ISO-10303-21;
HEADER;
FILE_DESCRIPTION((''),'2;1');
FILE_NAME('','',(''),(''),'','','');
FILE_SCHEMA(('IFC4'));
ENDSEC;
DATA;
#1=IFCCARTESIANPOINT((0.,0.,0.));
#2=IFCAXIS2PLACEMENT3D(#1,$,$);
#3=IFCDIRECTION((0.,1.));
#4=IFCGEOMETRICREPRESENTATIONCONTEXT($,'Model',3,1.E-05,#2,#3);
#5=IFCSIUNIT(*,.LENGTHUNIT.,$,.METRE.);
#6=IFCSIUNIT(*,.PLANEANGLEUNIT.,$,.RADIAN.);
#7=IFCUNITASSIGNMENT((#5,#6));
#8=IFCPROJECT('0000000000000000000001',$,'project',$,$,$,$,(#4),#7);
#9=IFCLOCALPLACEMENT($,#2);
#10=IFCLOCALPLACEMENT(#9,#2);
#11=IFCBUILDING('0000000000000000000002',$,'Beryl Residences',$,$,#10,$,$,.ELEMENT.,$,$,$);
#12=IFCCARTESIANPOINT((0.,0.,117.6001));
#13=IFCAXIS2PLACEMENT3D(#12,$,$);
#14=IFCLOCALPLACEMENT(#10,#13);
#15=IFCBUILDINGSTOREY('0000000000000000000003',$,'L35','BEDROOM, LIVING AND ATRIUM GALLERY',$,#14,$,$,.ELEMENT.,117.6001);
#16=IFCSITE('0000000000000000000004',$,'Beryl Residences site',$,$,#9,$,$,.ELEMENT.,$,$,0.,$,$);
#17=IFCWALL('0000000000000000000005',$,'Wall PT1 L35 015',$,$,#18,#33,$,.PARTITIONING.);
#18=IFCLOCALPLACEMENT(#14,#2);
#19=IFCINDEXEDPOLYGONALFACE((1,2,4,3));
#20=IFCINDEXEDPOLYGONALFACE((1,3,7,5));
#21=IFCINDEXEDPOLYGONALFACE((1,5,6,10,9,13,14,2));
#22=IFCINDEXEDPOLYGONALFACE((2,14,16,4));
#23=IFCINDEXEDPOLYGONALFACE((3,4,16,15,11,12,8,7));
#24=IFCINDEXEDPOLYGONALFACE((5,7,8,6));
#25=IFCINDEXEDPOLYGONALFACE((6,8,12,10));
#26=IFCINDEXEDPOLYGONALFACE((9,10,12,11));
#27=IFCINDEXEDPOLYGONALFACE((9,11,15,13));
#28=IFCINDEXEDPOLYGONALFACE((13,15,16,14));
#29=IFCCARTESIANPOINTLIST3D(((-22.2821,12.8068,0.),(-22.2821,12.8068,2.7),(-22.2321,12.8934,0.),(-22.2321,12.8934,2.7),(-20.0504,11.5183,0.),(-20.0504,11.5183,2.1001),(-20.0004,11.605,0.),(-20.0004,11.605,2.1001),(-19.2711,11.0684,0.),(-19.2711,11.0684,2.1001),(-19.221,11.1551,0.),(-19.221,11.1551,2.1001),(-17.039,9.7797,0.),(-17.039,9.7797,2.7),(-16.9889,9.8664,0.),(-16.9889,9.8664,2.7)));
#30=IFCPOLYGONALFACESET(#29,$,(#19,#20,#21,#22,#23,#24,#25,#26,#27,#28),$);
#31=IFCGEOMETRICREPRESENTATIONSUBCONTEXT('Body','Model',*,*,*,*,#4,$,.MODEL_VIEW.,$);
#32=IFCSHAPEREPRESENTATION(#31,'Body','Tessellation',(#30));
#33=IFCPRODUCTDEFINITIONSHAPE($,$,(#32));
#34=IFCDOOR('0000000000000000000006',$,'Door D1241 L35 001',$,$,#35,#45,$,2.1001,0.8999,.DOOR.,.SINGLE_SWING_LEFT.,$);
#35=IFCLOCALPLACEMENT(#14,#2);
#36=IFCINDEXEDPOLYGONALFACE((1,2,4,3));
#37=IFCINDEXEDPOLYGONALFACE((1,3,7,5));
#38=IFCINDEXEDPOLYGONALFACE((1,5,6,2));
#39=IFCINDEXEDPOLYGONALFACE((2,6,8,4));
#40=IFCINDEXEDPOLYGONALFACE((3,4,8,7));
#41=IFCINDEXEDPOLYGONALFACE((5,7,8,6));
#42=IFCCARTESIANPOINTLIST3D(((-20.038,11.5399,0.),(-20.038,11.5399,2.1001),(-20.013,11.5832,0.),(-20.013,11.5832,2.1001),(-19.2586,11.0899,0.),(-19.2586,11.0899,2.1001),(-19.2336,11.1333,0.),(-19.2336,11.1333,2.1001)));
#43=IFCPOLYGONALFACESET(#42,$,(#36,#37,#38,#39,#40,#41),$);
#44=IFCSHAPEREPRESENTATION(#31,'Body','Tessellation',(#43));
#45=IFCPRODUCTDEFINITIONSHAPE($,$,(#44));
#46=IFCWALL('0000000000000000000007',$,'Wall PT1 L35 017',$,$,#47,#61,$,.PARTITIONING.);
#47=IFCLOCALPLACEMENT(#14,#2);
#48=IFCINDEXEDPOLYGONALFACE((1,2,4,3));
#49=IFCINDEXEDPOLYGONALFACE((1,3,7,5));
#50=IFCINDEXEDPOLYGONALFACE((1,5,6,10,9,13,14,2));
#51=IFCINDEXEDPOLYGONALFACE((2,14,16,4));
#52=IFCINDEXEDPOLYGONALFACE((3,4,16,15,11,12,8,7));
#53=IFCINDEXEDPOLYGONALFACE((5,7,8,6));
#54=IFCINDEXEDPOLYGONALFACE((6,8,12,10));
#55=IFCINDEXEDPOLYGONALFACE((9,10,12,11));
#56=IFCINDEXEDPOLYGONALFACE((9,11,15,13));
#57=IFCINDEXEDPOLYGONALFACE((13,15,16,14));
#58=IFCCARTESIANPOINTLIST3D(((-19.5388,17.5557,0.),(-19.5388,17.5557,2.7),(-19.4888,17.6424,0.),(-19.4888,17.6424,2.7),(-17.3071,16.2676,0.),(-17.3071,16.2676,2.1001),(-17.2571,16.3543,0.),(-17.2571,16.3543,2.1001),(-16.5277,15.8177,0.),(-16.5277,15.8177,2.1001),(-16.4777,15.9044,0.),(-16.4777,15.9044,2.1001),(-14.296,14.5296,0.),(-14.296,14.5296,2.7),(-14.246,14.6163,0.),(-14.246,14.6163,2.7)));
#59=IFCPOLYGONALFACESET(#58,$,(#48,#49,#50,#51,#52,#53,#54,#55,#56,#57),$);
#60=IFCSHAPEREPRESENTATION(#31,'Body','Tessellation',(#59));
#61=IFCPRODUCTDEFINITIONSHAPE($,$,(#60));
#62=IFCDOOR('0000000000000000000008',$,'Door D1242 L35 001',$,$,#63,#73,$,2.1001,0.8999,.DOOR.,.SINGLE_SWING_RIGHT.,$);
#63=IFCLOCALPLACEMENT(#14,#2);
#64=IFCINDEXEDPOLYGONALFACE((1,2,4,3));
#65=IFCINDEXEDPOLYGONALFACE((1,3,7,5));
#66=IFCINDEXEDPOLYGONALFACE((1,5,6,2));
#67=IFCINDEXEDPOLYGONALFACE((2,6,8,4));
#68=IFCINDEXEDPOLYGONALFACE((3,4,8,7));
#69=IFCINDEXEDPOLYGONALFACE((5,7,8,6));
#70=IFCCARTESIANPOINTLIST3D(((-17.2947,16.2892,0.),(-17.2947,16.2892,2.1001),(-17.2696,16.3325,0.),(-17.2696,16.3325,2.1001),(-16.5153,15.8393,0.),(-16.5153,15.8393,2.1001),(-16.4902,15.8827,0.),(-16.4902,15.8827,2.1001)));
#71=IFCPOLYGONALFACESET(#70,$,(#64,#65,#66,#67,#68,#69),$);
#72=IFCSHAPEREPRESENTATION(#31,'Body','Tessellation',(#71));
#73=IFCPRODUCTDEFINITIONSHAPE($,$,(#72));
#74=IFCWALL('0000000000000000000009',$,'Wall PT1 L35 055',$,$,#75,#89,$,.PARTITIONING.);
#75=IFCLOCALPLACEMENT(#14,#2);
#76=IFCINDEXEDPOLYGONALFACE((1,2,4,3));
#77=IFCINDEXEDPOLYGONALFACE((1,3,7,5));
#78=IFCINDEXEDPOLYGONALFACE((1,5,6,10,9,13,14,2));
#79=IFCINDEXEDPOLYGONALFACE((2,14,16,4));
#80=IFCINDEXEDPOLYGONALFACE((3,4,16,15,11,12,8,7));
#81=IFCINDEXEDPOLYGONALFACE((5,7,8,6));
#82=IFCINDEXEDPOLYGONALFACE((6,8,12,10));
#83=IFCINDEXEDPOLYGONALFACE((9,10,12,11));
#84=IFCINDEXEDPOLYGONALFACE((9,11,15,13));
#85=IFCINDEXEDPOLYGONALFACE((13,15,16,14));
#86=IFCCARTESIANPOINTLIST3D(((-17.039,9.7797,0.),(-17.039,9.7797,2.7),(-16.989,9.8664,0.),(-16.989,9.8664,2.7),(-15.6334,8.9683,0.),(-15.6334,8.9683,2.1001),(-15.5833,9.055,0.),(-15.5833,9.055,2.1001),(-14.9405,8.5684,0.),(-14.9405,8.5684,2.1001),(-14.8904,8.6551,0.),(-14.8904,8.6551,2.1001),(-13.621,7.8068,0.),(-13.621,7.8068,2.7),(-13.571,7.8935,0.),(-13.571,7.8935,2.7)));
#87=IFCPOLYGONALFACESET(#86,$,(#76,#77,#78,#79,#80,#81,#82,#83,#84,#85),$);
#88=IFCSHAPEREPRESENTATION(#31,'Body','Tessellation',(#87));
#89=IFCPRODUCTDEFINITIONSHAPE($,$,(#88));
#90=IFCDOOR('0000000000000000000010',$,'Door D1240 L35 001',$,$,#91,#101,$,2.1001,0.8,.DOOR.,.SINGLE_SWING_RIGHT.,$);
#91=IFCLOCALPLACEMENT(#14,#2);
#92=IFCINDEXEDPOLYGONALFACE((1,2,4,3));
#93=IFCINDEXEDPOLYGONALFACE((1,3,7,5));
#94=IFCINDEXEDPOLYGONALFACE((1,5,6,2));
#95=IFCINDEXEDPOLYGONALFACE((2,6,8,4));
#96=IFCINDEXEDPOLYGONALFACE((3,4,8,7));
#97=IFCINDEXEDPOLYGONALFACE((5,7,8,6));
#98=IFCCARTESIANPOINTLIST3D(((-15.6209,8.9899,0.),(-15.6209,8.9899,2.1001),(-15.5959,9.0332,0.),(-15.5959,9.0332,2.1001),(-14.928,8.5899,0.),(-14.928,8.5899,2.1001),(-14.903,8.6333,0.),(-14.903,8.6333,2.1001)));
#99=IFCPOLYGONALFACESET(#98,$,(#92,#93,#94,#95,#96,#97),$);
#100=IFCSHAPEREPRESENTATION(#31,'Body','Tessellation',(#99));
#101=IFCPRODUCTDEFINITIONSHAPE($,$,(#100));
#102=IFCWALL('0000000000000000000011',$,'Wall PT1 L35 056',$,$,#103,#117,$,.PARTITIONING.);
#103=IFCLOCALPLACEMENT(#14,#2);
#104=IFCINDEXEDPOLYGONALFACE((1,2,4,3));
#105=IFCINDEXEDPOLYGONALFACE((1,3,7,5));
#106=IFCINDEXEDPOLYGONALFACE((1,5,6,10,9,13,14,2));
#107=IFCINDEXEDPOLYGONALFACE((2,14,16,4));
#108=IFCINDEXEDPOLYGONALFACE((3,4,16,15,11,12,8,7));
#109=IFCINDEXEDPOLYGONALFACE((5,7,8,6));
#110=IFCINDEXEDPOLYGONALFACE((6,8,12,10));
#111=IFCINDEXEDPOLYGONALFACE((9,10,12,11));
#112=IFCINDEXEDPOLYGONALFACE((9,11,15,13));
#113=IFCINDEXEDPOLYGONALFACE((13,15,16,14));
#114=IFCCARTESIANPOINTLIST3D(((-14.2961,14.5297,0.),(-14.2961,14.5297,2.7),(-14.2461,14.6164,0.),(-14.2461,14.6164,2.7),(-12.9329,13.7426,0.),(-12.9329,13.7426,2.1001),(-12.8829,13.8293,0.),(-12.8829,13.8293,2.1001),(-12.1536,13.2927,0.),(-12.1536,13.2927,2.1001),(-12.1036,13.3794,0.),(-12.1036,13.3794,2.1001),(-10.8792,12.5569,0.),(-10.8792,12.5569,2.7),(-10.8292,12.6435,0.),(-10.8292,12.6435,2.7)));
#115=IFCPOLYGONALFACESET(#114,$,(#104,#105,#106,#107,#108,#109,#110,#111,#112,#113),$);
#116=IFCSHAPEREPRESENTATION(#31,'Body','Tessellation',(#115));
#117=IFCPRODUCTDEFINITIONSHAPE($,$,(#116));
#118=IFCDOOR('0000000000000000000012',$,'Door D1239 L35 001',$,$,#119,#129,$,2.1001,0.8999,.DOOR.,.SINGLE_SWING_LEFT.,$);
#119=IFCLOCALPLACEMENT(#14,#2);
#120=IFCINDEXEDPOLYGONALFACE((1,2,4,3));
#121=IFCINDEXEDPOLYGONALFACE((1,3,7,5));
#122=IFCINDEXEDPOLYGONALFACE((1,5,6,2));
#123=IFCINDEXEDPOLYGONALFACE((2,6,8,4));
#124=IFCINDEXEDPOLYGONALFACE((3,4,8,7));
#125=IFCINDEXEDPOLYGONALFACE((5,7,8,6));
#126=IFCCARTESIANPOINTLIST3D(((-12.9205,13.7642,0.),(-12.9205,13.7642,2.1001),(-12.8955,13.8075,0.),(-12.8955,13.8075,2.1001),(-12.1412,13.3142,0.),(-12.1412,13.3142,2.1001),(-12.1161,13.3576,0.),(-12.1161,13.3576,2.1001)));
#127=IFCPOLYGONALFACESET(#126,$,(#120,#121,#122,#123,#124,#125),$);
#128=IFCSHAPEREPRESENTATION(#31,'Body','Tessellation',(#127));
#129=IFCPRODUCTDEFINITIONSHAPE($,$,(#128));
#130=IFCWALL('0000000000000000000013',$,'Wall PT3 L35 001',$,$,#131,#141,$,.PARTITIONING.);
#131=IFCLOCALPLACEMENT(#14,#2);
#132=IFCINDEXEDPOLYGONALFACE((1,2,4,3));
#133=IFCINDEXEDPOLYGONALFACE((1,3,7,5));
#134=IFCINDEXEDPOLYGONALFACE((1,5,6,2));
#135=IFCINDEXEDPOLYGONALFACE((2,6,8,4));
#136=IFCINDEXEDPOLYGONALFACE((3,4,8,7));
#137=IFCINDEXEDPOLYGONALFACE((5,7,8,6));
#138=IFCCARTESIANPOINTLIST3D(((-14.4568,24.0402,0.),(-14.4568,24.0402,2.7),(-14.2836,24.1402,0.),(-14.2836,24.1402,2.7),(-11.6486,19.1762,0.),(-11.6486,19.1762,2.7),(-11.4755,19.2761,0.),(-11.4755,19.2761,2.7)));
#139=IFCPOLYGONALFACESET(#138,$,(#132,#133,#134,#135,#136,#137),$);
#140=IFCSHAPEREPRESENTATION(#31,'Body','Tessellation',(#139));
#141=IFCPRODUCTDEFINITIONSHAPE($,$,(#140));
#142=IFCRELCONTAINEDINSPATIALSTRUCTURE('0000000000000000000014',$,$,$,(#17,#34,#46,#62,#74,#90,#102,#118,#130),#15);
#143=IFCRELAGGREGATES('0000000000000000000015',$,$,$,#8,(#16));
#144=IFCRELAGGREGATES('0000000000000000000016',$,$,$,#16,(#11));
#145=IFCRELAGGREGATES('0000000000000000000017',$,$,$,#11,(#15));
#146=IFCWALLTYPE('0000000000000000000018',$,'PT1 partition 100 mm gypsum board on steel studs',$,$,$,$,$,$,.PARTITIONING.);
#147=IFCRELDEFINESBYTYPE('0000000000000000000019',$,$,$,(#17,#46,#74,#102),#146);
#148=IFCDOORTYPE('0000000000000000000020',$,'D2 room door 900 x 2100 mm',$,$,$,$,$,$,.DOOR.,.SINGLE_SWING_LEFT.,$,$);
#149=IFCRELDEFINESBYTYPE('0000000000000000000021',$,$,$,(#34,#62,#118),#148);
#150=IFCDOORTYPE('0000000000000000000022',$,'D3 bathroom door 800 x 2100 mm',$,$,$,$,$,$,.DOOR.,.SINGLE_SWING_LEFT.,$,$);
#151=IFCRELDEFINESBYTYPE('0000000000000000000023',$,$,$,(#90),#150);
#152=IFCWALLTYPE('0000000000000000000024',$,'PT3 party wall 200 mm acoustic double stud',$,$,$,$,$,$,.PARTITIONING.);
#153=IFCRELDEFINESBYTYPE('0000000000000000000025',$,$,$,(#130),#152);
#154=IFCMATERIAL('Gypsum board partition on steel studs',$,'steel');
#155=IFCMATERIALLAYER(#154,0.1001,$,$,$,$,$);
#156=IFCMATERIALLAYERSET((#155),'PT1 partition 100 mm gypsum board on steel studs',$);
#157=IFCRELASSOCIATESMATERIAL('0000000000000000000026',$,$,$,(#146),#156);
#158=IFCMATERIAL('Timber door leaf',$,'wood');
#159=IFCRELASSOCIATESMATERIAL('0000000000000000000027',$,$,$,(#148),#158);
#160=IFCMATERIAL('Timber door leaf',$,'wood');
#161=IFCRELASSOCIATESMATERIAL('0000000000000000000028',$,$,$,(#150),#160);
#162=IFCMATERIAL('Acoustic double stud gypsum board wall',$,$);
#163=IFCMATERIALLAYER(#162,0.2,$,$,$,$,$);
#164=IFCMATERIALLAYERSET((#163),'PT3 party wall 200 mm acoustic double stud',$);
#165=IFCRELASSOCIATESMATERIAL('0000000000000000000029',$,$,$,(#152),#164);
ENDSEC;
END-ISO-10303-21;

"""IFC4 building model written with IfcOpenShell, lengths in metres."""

from ifc_helpers import new_model, si_unit, direction, frame, frame_2d, origin, place, context, subcontext, project, spatial, rectangle, extrude, material, layer, layer_set, type_object, element, fill, save


model = new_model("IFC4")

# Units and contexts
model_context = context("Model", 3, precision=1e-05, world=origin(), true_north=direction((0.0, 1.0)))
body_context = subcontext(model_context, "Body", "Model", "MODEL_VIEW")
ifc_project = project(units=[si_unit("LENGTHUNIT", "METRE"), si_unit("PLANEANGLEUNIT", "RADIAN")], contexts=[model_context])

# Site, building, storey
site_placement = place(None, origin())
site = spatial("IfcSite", under=ifc_project, at=site_placement, Name="Beryl Residences site", CompositionType="ELEMENT", RefElevation=0.0)
building_placement = place(site_placement, origin())
building = spatial("IfcBuilding", under=site, at=building_placement, Name="Beryl Residences", CompositionType="ELEMENT")
storey_placement = place(building_placement, frame((0.0, 0.0, 117.6001)))
storey = spatial("IfcBuildingStorey", under=building, at=storey_placement, Name="L35", Description="BEDROOM, LIVING AND ATRIUM GALLERY", CompositionType="ELEMENT", Elevation=117.6001)

# Walls, openings, doors
ifc_material_1 = material(Name="Gypsum board partition on steel studs", Category="steel")
ifc_layer_1 = layer(ifc_material_1, 0.1001)
ifc_layer_set_1 = layer_set([ifc_layer_1], Name="PT1 partition 100 mm gypsum board on steel studs")
wall_type_1 = type_object("IfcWallType", Name="PT1 partition 100 mm gypsum board on steel studs", PredefinedType="PARTITIONING", material=ifc_layer_set_1)
wall_1_placement = place(storey_placement, frame((-22.2571, 12.8501, 0.0), z_axis=(0.0, 0.0, 1.0), x_axis=(0.866028, -0.499995, 0.0)))
wall_1 = element("IfcWall", 1, at=wall_1_placement, inside=storey, type_object=wall_type_1, Name="Wall PT1 L35 015", PredefinedType="PARTITIONING", context=body_context, shape_type="SweptSolid", body=[
    extrude(rectangle(XDim=6.0542, YDim=0.1001, at=frame_2d((3.0271, 0.0))), origin(), (0.0, 0.0, 1.0), 2.7),
])
opening_1_placement = place(wall_1_placement, frame((2.5769, 0.0, 0.0)))
opening_1 = element("IfcOpeningElement", 2, at=opening_1_placement, cuts=wall_1, PredefinedType="OPENING", context=body_context, shape_type="SweptSolid", body=[
    extrude(rectangle(XDim=0.8999, YDim=2.1001, at=frame_2d((0.45, 1.05))), frame((0.0, 0.0601, 0.0), z_axis=(0.0, -1.0, 0.0), x_axis=(1.0, 0.0, 0.0)), (0.0, 0.0, 1.0), 0.1201),
])
ifc_material_2 = material(Name="Timber door leaf", Category="wood")
door_type_1 = type_object("IfcDoorType", Name="D2 room door 900 x 2100 mm", OperationType="SINGLE_SWING_LEFT", PredefinedType="DOOR", material=ifc_material_2)
door_1_placement = place(opening_1_placement, origin())
door_1 = element("IfcDoor", 3, at=door_1_placement, inside=storey, type_object=door_type_1, Name="Door D1241 L35 001", OperationType="SINGLE_SWING_LEFT", OverallHeight=2.1001, OverallWidth=0.8999, PredefinedType="DOOR", context=body_context, shape_type="SweptSolid", body=[
    extrude(rectangle(XDim=0.8999, YDim=2.1001, at=frame_2d((0.45, 1.05))), frame((0.0, 0.0249, 0.0), z_axis=(0.0, -1.0, 0.0), x_axis=(1.0, 0.0, 0.0)), (0.0, 0.0, 1.0), 0.05),
])
fill(opening_1, door_1)
wall_2_placement = place(storey_placement, frame((-19.5139, 17.5991, 0.0), z_axis=(0.0, 0.0, 1.0), x_axis=(0.866088, -0.499891, 0.0)))
wall_2 = element("IfcWall", 4, at=wall_2_placement, inside=storey, type_object=wall_type_1, Name="Wall PT1 L35 017", PredefinedType="PARTITIONING", context=body_context, shape_type="SweptSolid", body=[
    extrude(rectangle(XDim=6.0535, YDim=0.1001, at=frame_2d((3.0269, 0.0))), origin(), (0.0, 0.0, 1.0), 2.7),
])
opening_2_placement = place(wall_2_placement, frame((2.5769, 0.0, 0.0)))
opening_2 = element("IfcOpeningElement", 5, at=opening_2_placement, cuts=wall_2, PredefinedType="OPENING", context=body_context, shape_type="SweptSolid", body=[
    extrude(rectangle(XDim=0.8999, YDim=2.1001, at=frame_2d((0.45, 1.05))), frame((0.0, 0.0601, 0.0), z_axis=(0.0, -1.0, 0.0), x_axis=(1.0, 0.0, 0.0)), (0.0, 0.0, 1.0), 0.1201),
])
door_2_placement = place(opening_2_placement, origin())
door_2 = element("IfcDoor", 6, at=door_2_placement, inside=storey, type_object=door_type_1, Name="Door D1242 L35 001", OperationType="SINGLE_SWING_RIGHT", OverallHeight=2.1001, OverallWidth=0.8999, PredefinedType="DOOR", context=body_context, shape_type="SweptSolid", body=[
    extrude(rectangle(XDim=0.8999, YDim=2.1001, at=frame_2d((0.45, 1.05))), frame((0.0, 0.0249, 0.0), z_axis=(0.0, -1.0, 0.0), x_axis=(1.0, 0.0, 0.0)), (0.0, 0.0, 1.0), 0.05),
])
fill(opening_2, door_2)
wall_3_placement = place(storey_placement, frame((-17.0139, 9.823, 0.0), z_axis=(0.0, 0.0, 1.0), x_axis=(0.866076, -0.499912, 0.0)))
wall_3 = element("IfcWall", 7, at=wall_3_placement, inside=storey, type_object=wall_type_1, Name="Wall PT1 L35 055", PredefinedType="PARTITIONING", context=body_context, shape_type="SweptSolid", body=[
    extrude(rectangle(XDim=3.9465, YDim=0.1001, at=frame_2d((1.9731, 0.0))), origin(), (0.0, 0.0, 1.0), 2.7),
])
opening_3_placement = place(wall_3_placement, frame((1.623, 0.0, 0.0)))
opening_3 = element("IfcOpeningElement", 8, at=opening_3_placement, cuts=wall_3, PredefinedType="OPENING", context=body_context, shape_type="SweptSolid", body=[
    extrude(rectangle(XDim=0.8, YDim=2.1001, at=frame_2d((0.3999, 1.05))), frame((0.0, 0.0601, 0.0), z_axis=(0.0, -1.0, 0.0), x_axis=(1.0, 0.0, 0.0)), (0.0, 0.0, 1.0), 0.1201),
])
ifc_material_3 = material(Name="Timber door leaf", Category="wood")
door_type_2 = type_object("IfcDoorType", Name="D3 bathroom door 800 x 2100 mm", OperationType="SINGLE_SWING_LEFT", PredefinedType="DOOR", material=ifc_material_3)
door_3_placement = place(opening_3_placement, origin())
door_3 = element("IfcDoor", 9, at=door_3_placement, inside=storey, type_object=door_type_2, Name="Door D1240 L35 001", OperationType="SINGLE_SWING_RIGHT", OverallHeight=2.1001, OverallWidth=0.8, PredefinedType="DOOR", context=body_context, shape_type="SweptSolid", body=[
    extrude(rectangle(XDim=0.8, YDim=2.1001, at=frame_2d((0.3999, 1.05))), frame((0.0, 0.0249, 0.0), z_axis=(0.0, -1.0, 0.0), x_axis=(1.0, 0.0, 0.0)), (0.0, 0.0, 1.0), 0.05),
])
fill(opening_3, door_3)
wall_4_placement = place(storey_placement, frame((-14.271, 14.573, 0.0), z_axis=(0.0, 0.0, 1.0), x_axis=(0.866015, -0.500019, 0.0)))
wall_4 = element("IfcWall", 10, at=wall_4_placement, inside=storey, type_object=wall_type_1, Name="Wall PT1 L35 056", PredefinedType="PARTITIONING", context=body_context, shape_type="SweptSolid", body=[
    extrude(rectangle(XDim=3.9456, YDim=0.1001, at=frame_2d((1.9727, 0.0))), origin(), (0.0, 0.0, 1.0), 2.7),
])
opening_4_placement = place(wall_4_placement, frame((1.574, 0.0, 0.0)))
opening_4 = element("IfcOpeningElement", 11, at=opening_4_placement, cuts=wall_4, PredefinedType="OPENING", context=body_context, shape_type="SweptSolid", body=[
    extrude(rectangle(XDim=0.8999, YDim=2.1001, at=frame_2d((0.45, 1.05))), frame((0.0, 0.0601, 0.0), z_axis=(0.0, -1.0, 0.0), x_axis=(1.0, 0.0, 0.0)), (0.0, 0.0, 1.0), 0.1201),
])
door_4_placement = place(opening_4_placement, origin())
door_4 = element("IfcDoor", 12, at=door_4_placement, inside=storey, type_object=door_type_1, Name="Door D1239 L35 001", OperationType="SINGLE_SWING_LEFT", OverallHeight=2.1001, OverallWidth=0.8999, PredefinedType="DOOR", context=body_context, shape_type="SweptSolid", body=[
    extrude(rectangle(XDim=0.8999, YDim=2.1001, at=frame_2d((0.45, 1.05))), frame((0.0, 0.0249, 0.0), z_axis=(0.0, -1.0, 0.0), x_axis=(1.0, 0.0, 0.0)), (0.0, 0.0, 1.0), 0.05),
])
fill(opening_4, door_4)

# Wall
ifc_material_4 = material(Name="Acoustic double stud gypsum board wall")
ifc_layer_2 = layer(ifc_material_4, 0.2)
ifc_layer_set_2 = layer_set([ifc_layer_2], Name="PT3 party wall 200 mm acoustic double stud")
wall_type_2 = type_object("IfcWallType", Name="PT3 party wall 200 mm acoustic double stud", PredefinedType="PARTITIONING", material=ifc_layer_set_2)
wall_5_placement = place(storey_placement, frame((-14.3701, 24.0901, 0.0), z_axis=(0.0, 0.0, 1.0), x_axis=(0.499982, -0.866036, 0.0)))
element("IfcWall", 13, at=wall_5_placement, inside=storey, type_object=wall_type_2, Name="Wall PT3 L35 001", PredefinedType="PARTITIONING", context=body_context, shape_type="SweptSolid", body=[
    extrude(rectangle(XDim=5.6165, YDim=0.2, at=frame_2d((2.8081, 0.0))), origin(), (0.0, 0.0, 1.0), 2.7),
])

save(model, "model.ifc")
